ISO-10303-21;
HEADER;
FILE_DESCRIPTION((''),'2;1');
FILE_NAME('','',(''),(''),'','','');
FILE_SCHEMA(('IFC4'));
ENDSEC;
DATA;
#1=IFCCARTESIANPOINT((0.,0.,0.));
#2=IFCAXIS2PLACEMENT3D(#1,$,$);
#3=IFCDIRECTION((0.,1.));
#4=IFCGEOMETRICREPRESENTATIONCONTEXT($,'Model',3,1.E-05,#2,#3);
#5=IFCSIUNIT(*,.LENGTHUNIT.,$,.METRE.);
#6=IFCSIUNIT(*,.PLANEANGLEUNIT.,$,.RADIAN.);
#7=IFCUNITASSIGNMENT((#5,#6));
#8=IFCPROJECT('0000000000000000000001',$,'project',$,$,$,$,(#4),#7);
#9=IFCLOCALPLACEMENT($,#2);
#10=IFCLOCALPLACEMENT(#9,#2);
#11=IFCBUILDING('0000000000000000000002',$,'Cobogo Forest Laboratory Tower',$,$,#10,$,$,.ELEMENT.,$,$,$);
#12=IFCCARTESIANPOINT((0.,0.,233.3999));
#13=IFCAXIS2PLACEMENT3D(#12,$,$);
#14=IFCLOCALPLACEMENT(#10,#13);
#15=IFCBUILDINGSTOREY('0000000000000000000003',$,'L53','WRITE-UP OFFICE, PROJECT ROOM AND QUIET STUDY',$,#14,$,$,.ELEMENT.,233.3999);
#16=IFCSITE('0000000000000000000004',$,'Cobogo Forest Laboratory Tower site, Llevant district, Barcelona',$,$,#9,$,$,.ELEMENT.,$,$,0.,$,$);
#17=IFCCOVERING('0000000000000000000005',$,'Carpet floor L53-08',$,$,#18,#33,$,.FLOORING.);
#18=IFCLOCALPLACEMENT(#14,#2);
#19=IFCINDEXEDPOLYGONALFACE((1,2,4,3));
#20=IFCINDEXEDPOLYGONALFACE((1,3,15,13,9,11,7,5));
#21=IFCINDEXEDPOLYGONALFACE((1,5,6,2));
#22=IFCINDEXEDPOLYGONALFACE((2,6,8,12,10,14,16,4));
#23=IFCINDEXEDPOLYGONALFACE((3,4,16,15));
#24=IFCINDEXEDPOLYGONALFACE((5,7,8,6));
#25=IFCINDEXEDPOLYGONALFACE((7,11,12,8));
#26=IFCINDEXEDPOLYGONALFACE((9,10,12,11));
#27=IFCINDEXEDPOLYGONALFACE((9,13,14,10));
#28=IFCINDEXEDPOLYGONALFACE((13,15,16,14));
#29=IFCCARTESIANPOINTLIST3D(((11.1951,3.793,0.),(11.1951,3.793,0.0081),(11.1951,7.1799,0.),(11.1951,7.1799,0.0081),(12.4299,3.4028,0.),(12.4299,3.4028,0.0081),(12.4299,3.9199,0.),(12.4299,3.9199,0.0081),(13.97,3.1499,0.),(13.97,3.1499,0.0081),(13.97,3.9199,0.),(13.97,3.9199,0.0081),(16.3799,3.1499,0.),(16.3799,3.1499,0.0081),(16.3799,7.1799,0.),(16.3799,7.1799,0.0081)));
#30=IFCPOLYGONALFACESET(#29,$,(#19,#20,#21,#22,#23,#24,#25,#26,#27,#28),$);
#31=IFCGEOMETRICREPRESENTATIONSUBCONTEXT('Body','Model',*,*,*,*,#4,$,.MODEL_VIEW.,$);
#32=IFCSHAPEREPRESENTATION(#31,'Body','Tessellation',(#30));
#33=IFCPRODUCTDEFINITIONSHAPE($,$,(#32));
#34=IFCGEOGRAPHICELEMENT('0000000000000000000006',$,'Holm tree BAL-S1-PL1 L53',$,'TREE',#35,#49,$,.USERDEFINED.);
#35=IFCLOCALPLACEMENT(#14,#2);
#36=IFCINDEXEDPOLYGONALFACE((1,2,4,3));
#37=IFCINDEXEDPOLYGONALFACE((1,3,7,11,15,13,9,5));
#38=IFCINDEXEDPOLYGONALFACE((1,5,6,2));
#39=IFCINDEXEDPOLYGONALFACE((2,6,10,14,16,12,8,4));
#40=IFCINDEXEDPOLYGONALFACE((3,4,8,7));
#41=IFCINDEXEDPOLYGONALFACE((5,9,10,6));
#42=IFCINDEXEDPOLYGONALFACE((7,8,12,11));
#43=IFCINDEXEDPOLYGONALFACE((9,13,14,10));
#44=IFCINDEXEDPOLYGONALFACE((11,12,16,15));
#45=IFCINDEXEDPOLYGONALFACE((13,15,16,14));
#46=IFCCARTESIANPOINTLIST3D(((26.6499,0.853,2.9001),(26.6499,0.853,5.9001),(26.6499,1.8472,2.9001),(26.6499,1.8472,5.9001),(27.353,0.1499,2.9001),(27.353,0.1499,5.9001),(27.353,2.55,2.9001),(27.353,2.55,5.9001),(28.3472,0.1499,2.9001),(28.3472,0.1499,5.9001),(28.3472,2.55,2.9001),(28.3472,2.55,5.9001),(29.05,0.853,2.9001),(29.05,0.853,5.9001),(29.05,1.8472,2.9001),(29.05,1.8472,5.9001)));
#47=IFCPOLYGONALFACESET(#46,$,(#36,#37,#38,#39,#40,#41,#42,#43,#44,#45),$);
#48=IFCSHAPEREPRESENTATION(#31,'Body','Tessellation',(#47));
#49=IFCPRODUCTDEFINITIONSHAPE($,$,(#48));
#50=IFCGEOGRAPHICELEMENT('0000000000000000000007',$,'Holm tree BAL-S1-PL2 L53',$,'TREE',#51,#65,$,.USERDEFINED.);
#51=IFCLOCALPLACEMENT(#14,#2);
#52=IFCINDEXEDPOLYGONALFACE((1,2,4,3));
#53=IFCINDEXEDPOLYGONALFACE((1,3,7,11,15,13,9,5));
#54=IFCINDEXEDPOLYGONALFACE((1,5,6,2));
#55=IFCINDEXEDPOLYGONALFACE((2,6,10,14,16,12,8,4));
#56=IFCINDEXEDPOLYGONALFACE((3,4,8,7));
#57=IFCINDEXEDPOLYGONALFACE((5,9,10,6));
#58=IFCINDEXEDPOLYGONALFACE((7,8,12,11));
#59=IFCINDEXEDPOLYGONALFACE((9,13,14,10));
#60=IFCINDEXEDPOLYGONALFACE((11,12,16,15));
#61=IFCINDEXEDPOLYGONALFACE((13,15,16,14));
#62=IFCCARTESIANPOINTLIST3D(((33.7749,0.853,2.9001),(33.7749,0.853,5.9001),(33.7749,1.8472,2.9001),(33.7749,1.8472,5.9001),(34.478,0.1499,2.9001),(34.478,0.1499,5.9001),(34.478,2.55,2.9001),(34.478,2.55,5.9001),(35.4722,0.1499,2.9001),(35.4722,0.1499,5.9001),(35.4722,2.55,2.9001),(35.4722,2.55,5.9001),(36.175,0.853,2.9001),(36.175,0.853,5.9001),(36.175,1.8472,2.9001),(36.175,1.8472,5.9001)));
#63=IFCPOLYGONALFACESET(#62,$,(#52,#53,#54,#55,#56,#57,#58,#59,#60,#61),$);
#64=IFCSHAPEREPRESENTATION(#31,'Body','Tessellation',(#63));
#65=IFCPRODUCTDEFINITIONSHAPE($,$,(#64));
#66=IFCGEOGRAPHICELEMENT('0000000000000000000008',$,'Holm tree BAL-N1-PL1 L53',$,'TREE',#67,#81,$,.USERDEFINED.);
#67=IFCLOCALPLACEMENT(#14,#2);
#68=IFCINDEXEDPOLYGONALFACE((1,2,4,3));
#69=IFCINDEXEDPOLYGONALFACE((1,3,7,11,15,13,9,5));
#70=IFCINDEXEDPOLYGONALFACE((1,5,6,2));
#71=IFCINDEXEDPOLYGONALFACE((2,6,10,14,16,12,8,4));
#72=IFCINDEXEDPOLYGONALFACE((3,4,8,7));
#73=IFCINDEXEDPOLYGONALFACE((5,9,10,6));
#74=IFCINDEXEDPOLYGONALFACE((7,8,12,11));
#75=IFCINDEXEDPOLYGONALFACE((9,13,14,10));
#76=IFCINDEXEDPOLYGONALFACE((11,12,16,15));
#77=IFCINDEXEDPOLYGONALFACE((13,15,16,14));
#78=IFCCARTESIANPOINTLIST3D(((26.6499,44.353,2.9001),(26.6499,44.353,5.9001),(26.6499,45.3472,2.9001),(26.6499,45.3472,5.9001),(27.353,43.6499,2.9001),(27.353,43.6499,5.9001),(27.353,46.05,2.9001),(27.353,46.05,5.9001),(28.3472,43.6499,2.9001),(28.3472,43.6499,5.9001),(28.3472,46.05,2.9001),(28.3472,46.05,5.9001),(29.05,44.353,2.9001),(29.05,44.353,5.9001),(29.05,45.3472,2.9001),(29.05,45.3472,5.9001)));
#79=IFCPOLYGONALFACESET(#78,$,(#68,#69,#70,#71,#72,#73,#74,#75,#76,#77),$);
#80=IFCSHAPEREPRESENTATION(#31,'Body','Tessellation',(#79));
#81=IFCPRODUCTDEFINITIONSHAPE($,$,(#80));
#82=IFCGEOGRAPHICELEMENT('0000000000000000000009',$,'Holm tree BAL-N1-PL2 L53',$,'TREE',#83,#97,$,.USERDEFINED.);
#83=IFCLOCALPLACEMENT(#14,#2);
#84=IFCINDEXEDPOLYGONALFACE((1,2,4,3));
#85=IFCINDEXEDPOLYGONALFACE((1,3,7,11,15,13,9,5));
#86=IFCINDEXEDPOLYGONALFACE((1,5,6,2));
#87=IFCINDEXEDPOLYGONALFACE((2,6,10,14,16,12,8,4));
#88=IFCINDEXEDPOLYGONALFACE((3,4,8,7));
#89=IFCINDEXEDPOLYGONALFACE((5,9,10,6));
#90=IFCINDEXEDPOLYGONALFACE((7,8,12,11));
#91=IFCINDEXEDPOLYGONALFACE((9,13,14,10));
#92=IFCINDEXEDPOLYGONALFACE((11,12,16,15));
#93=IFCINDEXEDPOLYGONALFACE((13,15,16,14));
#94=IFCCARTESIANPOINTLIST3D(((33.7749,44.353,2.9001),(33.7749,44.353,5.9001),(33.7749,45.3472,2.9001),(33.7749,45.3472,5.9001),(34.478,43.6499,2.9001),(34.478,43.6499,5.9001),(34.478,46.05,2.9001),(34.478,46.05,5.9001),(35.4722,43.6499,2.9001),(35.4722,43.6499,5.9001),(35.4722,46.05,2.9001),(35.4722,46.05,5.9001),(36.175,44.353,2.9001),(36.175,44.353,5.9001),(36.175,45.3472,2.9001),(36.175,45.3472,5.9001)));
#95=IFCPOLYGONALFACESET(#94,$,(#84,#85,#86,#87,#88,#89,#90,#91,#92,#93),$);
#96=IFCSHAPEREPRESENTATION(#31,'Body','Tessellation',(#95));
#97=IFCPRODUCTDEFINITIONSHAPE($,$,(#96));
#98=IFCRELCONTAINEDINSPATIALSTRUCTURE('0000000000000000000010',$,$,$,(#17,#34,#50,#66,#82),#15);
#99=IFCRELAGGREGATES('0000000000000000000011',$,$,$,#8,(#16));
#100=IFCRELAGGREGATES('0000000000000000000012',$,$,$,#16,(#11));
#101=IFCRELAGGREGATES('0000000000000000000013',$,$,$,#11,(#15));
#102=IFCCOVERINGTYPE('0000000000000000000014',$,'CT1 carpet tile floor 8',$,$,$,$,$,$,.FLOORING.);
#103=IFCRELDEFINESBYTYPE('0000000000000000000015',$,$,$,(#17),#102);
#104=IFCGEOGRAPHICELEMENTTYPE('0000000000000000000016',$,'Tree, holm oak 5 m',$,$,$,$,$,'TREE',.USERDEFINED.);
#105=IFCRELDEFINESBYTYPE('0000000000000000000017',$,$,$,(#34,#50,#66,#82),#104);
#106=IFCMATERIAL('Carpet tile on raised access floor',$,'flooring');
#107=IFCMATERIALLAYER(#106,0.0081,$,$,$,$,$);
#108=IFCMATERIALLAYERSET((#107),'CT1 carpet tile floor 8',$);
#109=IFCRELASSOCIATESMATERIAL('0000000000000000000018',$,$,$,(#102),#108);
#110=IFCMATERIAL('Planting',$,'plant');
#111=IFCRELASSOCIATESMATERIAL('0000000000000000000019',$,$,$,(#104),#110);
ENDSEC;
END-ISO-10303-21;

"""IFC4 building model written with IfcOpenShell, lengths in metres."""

from ifc_helpers import new_model, si_unit, direction, frame, origin, place, context, subcontext, project, spatial, polyline, outline, extrude, material, layer, layer_set, type_object, element, save


model = new_model("IFC4")

# Units and contexts
model_context = context("Model", 3, precision=1e-05, world=origin(), true_north=direction((0.0, 1.0)))
body_context = subcontext(model_context, "Body", "Model", "MODEL_VIEW")
ifc_project = project(units=[si_unit("LENGTHUNIT", "METRE"), si_unit("PLANEANGLEUNIT", "RADIAN")], contexts=[model_context])

# Site, building, storey
site_placement = place(None, origin())
site = spatial("IfcSite", under=ifc_project, at=site_placement, Name="Cobogo Forest Laboratory Tower site, Llevant district, Barcelona", CompositionType="ELEMENT", RefElevation=0.0)
building_placement = place(site_placement, origin())
building = spatial("IfcBuilding", under=site, at=building_placement, Name="Cobogo Forest Laboratory Tower", CompositionType="ELEMENT")
storey_placement = place(building_placement, frame((0.0, 0.0, 233.3999)))
storey = spatial("IfcBuildingStorey", under=building, at=storey_placement, Name="L53", Description="WRITE-UP OFFICE, PROJECT ROOM AND QUIET STUDY", CompositionType="ELEMENT", Elevation=233.3999)

# Covering
ifc_material_1 = material(Name="Carpet tile on raised access floor", Category="flooring")
ifc_layer_1 = layer(ifc_material_1, 0.0081)
ifc_layer_set_1 = layer_set([ifc_layer_1], Name="CT1 carpet tile floor 8")
covering_type_1 = type_object("IfcCoveringType", Name="CT1 carpet tile floor 8", PredefinedType="FLOORING", material=ifc_layer_set_1)
covering_1_placement = place(storey_placement, origin())
element("IfcCovering", 1, at=covering_1_placement, inside=storey, type_object=covering_type_1, Name="Carpet floor L53-08", PredefinedType="FLOORING", context=body_context, shape_type="SweptSolid", body=[
    extrude(outline(polyline([(16.3799, 7.1799), (16.3799, 3.1499), (13.97, 3.1499), (13.97, 3.9199), (12.4299, 3.9199), (12.4299, 3.4028), (11.1951, 3.793), (11.1951, 7.1799), (16.3799, 7.1799)])), origin(), (0.0, 0.0, 1.0), 0.0081),
])

# Geographic elements
ifc_material_2 = material(Name="Planting", Category="plant")
geographic_element_type = type_object("IfcGeographicElementType", Name="Tree, holm oak 5 m", ElementType="TREE", PredefinedType="USERDEFINED", material=ifc_material_2)
geographic_element_1_placement = place(storey_placement, frame((0.0, 0.0, 2.9001)))
element("IfcGeographicElement", 2, at=geographic_element_1_placement, inside=storey, type_object=geographic_element_type, Name="Holm tree BAL-S1-PL1 L53", ObjectType="TREE", PredefinedType="USERDEFINED", context=body_context, shape_type="SweptSolid", body=[
    extrude(outline(polyline([(29.05, 0.853), (29.05, 1.8472), (28.3472, 2.55), (27.353, 2.55), (26.6499, 1.8472), (26.6499, 0.853), (27.353, 0.1499), (28.3472, 0.1499), (29.05, 0.853)])), origin(), (0.0, 0.0, 1.0), 3.0),
])
geographic_element_2_placement = place(storey_placement, frame((0.0, 0.0, 2.9001)))
element("IfcGeographicElement", 3, at=geographic_element_2_placement, inside=storey, type_object=geographic_element_type, Name="Holm tree BAL-S1-PL2 L53", ObjectType="TREE", PredefinedType="USERDEFINED", context=body_context, shape_type="SweptSolid", body=[
    extrude(outline(polyline([(36.175, 0.853), (36.175, 1.8472), (35.4722, 2.55), (34.478, 2.55), (33.7749, 1.8472), (33.7749, 0.853), (34.478, 0.1499), (35.4722, 0.1499), (36.175, 0.853)])), origin(), (0.0, 0.0, 1.0), 3.0),
])
geographic_element_3_placement = place(storey_placement, frame((0.0, 0.0, 2.9001)))
element("IfcGeographicElement", 4, at=geographic_element_3_placement, inside=storey, type_object=geographic_element_type, Name="Holm tree BAL-N1-PL1 L53", ObjectType="TREE", PredefinedType="USERDEFINED", context=body_context, shape_type="SweptSolid", body=[
    extrude(outline(polyline([(29.05, 44.353), (29.05, 45.3472), (28.3472, 46.05), (27.353, 46.05), (26.6499, 45.3472), (26.6499, 44.353), (27.353, 43.6499), (28.3472, 43.6499), (29.05, 44.353)])), origin(), (0.0, 0.0, 1.0), 3.0),
])
geographic_element_4_placement = place(storey_placement, frame((0.0, 0.0, 2.9001)))
element("IfcGeographicElement", 5, at=geographic_element_4_placement, inside=storey, type_object=geographic_element_type, Name="Holm tree BAL-N1-PL2 L53", ObjectType="TREE", PredefinedType="USERDEFINED", context=body_context, shape_type="SweptSolid", body=[
    extrude(outline(polyline([(36.175, 44.353), (36.175, 45.3472), (35.4722, 46.05), (34.478, 46.05), (33.7749, 45.3472), (33.7749, 44.353), (34.478, 43.6499), (35.4722, 43.6499), (36.175, 44.353)])), origin(), (0.0, 0.0, 1.0), 3.0),
])

save(model, "model.ifc")
